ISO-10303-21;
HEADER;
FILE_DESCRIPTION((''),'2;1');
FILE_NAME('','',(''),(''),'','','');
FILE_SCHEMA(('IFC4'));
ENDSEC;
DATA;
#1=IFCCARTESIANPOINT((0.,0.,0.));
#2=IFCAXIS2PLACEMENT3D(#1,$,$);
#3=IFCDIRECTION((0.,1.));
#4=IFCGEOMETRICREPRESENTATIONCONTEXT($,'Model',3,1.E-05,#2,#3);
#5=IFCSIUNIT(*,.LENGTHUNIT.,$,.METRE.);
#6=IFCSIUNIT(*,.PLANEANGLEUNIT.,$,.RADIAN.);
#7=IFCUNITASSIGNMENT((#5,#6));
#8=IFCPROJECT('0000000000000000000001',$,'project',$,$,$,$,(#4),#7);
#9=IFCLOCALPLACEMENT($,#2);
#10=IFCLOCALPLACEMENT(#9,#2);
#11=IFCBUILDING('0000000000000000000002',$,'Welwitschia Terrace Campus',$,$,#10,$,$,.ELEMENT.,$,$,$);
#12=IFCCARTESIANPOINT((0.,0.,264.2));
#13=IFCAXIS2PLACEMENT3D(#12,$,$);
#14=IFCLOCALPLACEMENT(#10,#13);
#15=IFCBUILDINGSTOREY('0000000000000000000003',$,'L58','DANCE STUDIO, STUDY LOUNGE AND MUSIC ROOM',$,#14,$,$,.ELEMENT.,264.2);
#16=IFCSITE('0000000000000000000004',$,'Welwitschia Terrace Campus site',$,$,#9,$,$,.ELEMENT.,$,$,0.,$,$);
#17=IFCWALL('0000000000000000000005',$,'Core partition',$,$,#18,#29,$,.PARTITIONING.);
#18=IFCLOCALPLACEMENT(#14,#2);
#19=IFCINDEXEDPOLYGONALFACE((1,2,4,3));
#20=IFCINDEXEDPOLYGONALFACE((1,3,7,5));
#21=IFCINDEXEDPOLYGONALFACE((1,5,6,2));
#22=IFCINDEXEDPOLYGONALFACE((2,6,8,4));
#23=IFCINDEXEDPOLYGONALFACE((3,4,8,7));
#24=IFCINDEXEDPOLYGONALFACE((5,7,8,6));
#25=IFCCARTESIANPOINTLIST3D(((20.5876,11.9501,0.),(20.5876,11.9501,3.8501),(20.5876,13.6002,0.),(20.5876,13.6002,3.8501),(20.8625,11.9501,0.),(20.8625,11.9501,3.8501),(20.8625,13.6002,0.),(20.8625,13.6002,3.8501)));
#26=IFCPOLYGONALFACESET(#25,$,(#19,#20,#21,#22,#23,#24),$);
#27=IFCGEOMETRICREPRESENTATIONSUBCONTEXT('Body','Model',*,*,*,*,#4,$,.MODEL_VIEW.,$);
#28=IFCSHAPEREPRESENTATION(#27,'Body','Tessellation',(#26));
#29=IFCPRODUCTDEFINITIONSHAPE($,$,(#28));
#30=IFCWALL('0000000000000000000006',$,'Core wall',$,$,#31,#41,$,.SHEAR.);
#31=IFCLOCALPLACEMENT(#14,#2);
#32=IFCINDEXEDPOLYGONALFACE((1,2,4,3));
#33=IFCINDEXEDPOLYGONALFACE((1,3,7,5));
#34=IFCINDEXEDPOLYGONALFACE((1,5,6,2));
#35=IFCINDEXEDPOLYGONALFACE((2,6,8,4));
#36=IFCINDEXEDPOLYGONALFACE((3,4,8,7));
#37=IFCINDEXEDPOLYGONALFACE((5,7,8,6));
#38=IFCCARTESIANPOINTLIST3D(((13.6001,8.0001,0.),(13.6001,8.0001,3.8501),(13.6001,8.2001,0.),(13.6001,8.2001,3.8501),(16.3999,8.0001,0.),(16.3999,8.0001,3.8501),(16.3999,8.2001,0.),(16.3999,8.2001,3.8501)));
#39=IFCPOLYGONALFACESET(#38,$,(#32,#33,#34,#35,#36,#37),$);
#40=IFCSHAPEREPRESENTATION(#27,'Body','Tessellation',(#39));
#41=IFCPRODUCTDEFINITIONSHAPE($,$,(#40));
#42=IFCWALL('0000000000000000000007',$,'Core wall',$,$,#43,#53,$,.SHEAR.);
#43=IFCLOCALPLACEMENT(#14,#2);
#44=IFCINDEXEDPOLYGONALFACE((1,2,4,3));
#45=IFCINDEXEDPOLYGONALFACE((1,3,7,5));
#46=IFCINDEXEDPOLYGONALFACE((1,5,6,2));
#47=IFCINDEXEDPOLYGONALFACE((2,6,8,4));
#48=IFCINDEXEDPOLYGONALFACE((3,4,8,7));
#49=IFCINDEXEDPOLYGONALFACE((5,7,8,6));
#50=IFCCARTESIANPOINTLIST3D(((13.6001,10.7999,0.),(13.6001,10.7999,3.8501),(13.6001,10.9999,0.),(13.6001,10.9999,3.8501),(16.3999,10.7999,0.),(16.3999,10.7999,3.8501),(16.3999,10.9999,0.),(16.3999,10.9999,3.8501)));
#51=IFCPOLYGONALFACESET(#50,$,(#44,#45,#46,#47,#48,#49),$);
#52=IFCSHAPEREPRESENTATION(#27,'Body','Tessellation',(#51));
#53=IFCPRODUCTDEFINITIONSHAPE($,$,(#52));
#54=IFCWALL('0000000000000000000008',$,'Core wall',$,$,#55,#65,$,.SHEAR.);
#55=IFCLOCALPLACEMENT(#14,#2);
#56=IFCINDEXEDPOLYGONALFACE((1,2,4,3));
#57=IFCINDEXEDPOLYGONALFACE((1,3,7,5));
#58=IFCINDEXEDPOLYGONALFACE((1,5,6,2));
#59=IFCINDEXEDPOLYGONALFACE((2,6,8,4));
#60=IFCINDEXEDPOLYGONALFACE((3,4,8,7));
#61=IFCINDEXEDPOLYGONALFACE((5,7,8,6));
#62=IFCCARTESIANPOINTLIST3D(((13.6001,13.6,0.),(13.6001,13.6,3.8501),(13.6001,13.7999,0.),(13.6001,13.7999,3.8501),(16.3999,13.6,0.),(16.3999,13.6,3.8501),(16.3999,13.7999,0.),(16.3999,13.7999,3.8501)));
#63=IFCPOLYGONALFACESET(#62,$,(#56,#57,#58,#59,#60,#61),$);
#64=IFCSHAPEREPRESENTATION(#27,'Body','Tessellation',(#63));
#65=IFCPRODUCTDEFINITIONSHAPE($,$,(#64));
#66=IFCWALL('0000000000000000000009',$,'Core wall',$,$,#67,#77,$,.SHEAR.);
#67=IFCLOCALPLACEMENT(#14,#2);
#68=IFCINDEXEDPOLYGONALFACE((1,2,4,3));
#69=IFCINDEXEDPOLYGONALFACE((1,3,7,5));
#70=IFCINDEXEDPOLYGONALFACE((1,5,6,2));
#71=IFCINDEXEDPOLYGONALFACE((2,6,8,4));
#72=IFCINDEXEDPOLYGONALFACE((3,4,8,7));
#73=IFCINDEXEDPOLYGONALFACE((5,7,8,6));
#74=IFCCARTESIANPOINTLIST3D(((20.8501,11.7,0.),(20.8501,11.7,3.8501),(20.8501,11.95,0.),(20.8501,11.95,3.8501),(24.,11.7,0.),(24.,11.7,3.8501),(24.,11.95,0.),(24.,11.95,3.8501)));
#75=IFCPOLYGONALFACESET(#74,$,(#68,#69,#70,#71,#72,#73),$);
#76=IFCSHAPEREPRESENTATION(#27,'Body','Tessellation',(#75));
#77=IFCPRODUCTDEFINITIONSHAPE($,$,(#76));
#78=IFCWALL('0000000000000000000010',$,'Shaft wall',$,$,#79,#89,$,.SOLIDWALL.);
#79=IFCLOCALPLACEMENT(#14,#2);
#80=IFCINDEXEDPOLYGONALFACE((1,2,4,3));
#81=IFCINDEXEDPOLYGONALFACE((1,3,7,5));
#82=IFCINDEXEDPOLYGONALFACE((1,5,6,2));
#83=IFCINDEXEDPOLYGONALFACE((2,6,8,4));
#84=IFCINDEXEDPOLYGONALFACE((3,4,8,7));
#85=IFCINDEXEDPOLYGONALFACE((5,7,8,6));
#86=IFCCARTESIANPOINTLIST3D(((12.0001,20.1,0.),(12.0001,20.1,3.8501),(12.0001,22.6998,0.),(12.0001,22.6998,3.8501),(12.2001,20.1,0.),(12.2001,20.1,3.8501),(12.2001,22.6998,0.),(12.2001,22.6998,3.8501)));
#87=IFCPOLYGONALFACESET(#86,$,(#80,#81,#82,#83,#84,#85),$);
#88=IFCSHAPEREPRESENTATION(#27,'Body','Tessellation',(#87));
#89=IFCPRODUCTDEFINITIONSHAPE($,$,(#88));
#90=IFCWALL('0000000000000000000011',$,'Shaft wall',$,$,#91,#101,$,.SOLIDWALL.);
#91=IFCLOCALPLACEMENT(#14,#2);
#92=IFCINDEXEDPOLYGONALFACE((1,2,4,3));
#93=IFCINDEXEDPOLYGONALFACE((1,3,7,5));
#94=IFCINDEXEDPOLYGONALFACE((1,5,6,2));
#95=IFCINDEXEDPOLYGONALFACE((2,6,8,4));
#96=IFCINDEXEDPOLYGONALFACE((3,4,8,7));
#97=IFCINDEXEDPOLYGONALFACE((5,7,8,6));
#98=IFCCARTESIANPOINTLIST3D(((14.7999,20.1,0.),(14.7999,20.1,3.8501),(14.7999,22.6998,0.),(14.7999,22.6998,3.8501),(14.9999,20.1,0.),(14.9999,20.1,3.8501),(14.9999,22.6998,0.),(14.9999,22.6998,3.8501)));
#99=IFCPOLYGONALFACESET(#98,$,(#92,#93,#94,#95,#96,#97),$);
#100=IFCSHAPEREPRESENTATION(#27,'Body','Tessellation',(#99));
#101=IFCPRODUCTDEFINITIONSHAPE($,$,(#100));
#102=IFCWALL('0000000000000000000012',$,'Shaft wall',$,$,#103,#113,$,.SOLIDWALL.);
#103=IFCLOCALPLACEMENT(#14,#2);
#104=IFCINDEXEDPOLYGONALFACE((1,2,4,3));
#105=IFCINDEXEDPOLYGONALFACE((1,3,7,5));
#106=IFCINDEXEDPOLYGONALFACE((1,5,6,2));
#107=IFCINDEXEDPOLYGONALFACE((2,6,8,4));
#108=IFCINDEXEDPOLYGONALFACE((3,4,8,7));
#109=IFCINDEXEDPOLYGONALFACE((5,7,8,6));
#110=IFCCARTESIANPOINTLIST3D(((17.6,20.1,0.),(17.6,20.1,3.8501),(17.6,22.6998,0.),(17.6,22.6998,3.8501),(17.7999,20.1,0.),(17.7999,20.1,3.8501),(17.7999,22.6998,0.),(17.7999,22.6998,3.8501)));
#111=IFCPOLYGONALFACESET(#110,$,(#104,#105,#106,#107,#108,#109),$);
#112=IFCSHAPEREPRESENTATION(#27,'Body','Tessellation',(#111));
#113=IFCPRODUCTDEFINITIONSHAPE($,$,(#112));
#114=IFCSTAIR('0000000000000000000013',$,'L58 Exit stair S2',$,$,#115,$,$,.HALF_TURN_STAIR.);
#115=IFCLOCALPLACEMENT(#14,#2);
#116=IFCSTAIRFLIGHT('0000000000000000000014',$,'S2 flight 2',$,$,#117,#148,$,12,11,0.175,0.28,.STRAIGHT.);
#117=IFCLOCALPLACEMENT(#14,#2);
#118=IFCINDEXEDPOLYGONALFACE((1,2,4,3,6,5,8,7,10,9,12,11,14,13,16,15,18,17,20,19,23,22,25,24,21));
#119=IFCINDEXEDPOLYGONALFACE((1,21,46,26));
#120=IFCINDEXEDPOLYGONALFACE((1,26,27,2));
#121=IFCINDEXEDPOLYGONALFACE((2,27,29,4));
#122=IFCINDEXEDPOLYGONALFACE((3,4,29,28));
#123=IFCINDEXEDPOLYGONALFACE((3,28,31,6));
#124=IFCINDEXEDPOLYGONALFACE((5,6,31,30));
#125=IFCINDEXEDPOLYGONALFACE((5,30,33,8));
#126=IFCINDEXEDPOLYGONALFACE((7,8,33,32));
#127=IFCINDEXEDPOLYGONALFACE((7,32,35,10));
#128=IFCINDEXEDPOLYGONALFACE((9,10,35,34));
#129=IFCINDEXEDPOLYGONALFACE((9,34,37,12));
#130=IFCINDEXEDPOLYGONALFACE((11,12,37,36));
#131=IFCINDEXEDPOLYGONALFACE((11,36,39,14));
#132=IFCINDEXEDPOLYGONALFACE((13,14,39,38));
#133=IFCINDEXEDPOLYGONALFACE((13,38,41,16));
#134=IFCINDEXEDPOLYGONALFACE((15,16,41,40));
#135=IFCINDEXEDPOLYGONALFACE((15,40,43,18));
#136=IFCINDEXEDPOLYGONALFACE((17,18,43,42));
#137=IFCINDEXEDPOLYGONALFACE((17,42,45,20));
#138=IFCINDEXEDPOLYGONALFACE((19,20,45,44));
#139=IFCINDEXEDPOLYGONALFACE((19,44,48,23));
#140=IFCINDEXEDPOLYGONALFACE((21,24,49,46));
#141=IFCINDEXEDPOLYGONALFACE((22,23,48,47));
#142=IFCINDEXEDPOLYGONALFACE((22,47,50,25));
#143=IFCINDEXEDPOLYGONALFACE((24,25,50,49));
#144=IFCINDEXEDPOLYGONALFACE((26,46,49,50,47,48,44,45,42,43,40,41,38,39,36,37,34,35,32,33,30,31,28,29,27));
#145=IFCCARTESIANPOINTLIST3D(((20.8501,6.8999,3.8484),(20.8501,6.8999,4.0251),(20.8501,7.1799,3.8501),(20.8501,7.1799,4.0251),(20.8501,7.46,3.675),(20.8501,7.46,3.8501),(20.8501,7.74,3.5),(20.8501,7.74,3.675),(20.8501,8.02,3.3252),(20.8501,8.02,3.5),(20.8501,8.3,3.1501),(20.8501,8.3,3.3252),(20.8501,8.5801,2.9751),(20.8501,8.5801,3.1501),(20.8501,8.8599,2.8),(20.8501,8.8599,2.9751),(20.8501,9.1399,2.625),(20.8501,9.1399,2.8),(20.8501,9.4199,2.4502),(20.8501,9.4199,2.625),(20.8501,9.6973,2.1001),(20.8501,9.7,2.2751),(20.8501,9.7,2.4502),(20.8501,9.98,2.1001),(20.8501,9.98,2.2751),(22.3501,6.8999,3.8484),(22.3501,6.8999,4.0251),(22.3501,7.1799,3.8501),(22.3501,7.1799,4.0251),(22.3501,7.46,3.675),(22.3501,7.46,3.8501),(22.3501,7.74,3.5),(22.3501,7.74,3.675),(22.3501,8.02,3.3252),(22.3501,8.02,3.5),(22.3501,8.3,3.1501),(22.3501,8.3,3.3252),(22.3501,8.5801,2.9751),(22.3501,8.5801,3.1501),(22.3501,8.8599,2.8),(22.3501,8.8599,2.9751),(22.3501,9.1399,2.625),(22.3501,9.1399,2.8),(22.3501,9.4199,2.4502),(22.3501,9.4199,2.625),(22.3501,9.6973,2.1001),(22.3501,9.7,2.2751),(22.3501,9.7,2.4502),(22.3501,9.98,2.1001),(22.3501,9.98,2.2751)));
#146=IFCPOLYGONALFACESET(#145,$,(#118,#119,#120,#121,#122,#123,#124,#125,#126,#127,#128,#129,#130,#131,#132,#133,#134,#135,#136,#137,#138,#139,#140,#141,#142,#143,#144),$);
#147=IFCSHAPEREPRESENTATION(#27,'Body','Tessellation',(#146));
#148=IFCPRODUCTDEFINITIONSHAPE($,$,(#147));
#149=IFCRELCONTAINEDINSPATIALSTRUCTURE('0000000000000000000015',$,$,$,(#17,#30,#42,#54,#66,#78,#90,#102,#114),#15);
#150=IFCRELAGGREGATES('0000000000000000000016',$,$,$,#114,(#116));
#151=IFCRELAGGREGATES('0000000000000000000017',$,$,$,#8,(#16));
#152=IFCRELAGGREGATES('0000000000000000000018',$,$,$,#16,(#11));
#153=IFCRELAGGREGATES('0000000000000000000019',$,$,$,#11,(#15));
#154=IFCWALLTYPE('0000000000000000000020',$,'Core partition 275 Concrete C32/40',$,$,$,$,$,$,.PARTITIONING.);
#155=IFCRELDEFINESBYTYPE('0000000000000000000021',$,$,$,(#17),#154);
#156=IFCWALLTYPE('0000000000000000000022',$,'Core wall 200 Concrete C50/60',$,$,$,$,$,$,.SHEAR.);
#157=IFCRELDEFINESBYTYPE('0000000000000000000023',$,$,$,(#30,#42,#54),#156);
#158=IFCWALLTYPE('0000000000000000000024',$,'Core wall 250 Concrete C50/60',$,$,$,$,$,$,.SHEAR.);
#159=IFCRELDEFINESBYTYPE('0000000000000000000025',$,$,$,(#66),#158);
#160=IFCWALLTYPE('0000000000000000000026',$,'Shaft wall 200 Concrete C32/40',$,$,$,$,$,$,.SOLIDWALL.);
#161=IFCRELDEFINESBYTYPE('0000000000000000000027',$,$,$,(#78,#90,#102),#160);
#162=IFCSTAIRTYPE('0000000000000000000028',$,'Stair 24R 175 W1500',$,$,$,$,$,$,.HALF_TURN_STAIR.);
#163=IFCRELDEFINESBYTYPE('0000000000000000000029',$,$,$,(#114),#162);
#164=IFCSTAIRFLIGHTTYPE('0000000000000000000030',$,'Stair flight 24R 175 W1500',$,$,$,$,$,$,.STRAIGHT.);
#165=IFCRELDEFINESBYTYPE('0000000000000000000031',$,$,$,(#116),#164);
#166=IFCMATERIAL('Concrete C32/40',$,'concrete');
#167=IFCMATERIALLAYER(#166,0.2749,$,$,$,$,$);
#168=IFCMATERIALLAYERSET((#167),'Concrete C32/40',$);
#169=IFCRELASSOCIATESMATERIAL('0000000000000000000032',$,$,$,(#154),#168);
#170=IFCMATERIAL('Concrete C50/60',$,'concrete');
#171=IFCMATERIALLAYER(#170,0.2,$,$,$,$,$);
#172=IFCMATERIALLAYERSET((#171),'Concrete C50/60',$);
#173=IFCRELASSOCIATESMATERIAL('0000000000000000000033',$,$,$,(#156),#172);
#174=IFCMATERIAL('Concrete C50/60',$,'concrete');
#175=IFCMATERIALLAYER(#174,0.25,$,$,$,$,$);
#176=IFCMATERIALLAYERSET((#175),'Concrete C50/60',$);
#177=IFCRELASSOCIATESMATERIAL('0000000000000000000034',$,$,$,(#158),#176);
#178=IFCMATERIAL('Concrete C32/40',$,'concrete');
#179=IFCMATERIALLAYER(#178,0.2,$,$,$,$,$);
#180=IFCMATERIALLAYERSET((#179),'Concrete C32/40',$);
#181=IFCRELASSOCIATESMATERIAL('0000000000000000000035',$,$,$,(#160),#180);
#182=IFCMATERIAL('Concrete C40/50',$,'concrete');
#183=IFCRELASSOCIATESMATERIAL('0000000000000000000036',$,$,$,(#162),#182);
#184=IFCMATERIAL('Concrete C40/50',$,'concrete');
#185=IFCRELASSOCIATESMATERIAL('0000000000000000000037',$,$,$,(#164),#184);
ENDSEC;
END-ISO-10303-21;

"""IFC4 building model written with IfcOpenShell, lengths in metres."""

from ifc_helpers import new_model, si_unit, direction, frame, frame_2d, origin, place, context, subcontext, project, spatial, polyline, rectangle, outline, extrude, material, layer, layer_set, type_object, element, aggregate, save


model = new_model("IFC4")

# Units and contexts
model_context = context("Model", 3, precision=1e-05, world=origin(), true_north=direction((0.0, 1.0)))
body_context = subcontext(model_context, "Body", "Model", "MODEL_VIEW")
ifc_project = project(units=[si_unit("LENGTHUNIT", "METRE"), si_unit("PLANEANGLEUNIT", "RADIAN")], contexts=[model_context])

# Site, building, storey
site_placement = place(None, origin())
site = spatial("IfcSite", under=ifc_project, at=site_placement, Name="Welwitschia Terrace Campus site", CompositionType="ELEMENT", RefElevation=0.0)
building_placement = place(site_placement, origin())
building = spatial("IfcBuilding", under=site, at=building_placement, Name="Welwitschia Terrace Campus", CompositionType="ELEMENT")
storey_placement = place(building_placement, frame((0.0, 0.0, 264.2)))
storey = spatial("IfcBuildingStorey", under=building, at=storey_placement, Name="L58", Description="DANCE STUDIO, STUDY LOUNGE AND MUSIC ROOM", CompositionType="ELEMENT", Elevation=264.2)

# Walls
ifc_material_1 = material(Name="Concrete C32/40", Category="concrete")
ifc_layer_1 = layer(ifc_material_1, 0.2749)
ifc_layer_set_1 = layer_set([ifc_layer_1], Name="Concrete C32/40")
wall_type_1 = type_object("IfcWallType", Name="Core partition 275 Concrete C32/40", PredefinedType="PARTITIONING", material=ifc_layer_set_1)
wall_1_placement = place(storey_placement, frame((20.7251, 11.95, 0.0), z_axis=(0.0, 0.0, 1.0), x_axis=(0.0, 1.0, 0.0)))
element("IfcWall", 1, at=wall_1_placement, inside=storey, type_object=wall_type_1, Name="Core partition", PredefinedType="PARTITIONING", context=body_context, shape_type="SweptSolid", body=[
    extrude(rectangle(XDim=1.6501, YDim=0.2749, at=frame_2d((0.8252, 0.0))), origin(), (0.0, 0.0, 1.0), 3.8501),
])
ifc_material_2 = material(Name="Concrete C50/60", Category="concrete")
ifc_layer_2 = layer(ifc_material_2, 0.2)
ifc_layer_set_2 = layer_set([ifc_layer_2], Name="Concrete C50/60")
wall_type_2 = type_object("IfcWallType", Name="Core wall 200 Concrete C50/60", PredefinedType="SHEAR", material=ifc_layer_set_2)
for number, where, z_axis, x_axis, name in (
    (2, (13.6001, 8.1001, 0.0), (0.0, 0.0, 1.0), (1.0, 0.0, 0.0), "Core wall"),
    (3, (13.6001, 10.8999, 0.0), (0.0, 0.0, 1.0), (1.0, 0.0, 0.0), "Core wall"),
    (4, (13.6001, 13.7, 0.0), (0.0, 0.0, 1.0), (1.0, 0.0, 0.0), "Core wall"),
):
    element("IfcWall", number, at=place(storey_placement, frame(where, z_axis=z_axis, x_axis=x_axis)), inside=storey, type_object=wall_type_2, Name=name, PredefinedType="SHEAR", context=body_context, shape_type="SweptSolid", body=[
        extrude(rectangle(XDim=2.7998, YDim=0.2, at=frame_2d((1.3999, 0.0))), origin(), (0.0, 0.0, 1.0), 3.8501),
    ])
ifc_material_3 = material(Name="Concrete C50/60", Category="concrete")
ifc_layer_3 = layer(ifc_material_3, 0.25)
ifc_layer_set_3 = layer_set([ifc_layer_3], Name="Concrete C50/60")
wall_type_3 = type_object("IfcWallType", Name="Core wall 250 Concrete C50/60", PredefinedType="SHEAR", material=ifc_layer_set_3)
wall_2_placement = place(storey_placement, frame((20.8501, 11.825, 0.0), z_axis=(0.0, 0.0, 1.0), x_axis=(1.0, 0.0, 0.0)))
element("IfcWall", 5, at=wall_2_placement, inside=storey, type_object=wall_type_3, Name="Core wall", PredefinedType="SHEAR", context=body_context, shape_type="SweptSolid", body=[
    extrude(rectangle(XDim=3.1499, YDim=0.25, at=frame_2d((1.575, 0.0))), origin(), (0.0, 0.0, 1.0), 3.8501),
])
ifc_material_4 = material(Name="Concrete C32/40", Category="concrete")
ifc_layer_4 = layer(ifc_material_4, 0.2)
ifc_layer_set_4 = layer_set([ifc_layer_4], Name="Concrete C32/40")
wall_type_4 = type_object("IfcWallType", Name="Shaft wall 200 Concrete C32/40", PredefinedType="SOLIDWALL", material=ifc_layer_set_4)
for number, where, z_axis, x_axis, name in (
    (6, (12.1001, 20.1001, 0.0), (0.0, 0.0, 1.0), (0.0, 1.0, 0.0), "Shaft wall"),
    (7, (14.8999, 20.1001, 0.0), (0.0, 0.0, 1.0), (0.0, 1.0, 0.0), "Shaft wall"),
    (8, (17.7, 20.1001, 0.0), (0.0, 0.0, 1.0), (0.0, 1.0, 0.0), "Shaft wall"),
):
    element("IfcWall", number, at=place(storey_placement, frame(where, z_axis=z_axis, x_axis=x_axis)), inside=storey, type_object=wall_type_4, Name=name, PredefinedType="SOLIDWALL", context=body_context, shape_type="SweptSolid", body=[
        extrude(rectangle(XDim=2.5999, YDim=0.2, at=frame_2d((1.2998, 0.0))), origin(), (0.0, 0.0, 1.0), 3.8501),
    ])

# Stair, stair flight
ifc_material_5 = material(Name="Concrete C40/50", Category="concrete")
stair_type = type_object("IfcStairType", Name="Stair 24R 175 W1500", PredefinedType="HALF_TURN_STAIR", material=ifc_material_5)
stair_placement = place(storey_placement, origin())
stair = element("IfcStair", 9, at=stair_placement, inside=storey, type_object=stair_type, Name="L58 Exit stair S2", PredefinedType="HALF_TURN_STAIR")
ifc_material_6 = material(Name="Concrete C40/50", Category="concrete")
stair_flight_type = type_object("IfcStairFlightType", Name="Stair flight 24R 175 W1500", PredefinedType="STRAIGHT", material=ifc_material_6)
stair_flight_placement = place(storey_placement, frame((21.6001, 9.98, 2.1001), z_axis=(0.0, 0.0, 1.0), x_axis=(0.0, -1.0, 0.0)))
stair_flight = element("IfcStairFlight", 10, at=stair_flight_placement, type_object=stair_flight_type, Name="S2 flight 2", NumberOfRisers=12, NumberOfTreads=11, PredefinedType="STRAIGHT", RiserHeight=0.175, TreadLength=0.28, context=body_context, shape_type="SweptSolid", body=[
    extrude(outline(polyline([(0.0, 0.0), (0.0, 0.175), (0.28, 0.175), (0.28, 0.3501), (0.5601, 0.3501), (0.5601, 0.5249), (0.8401, 0.5249), (0.8401, 0.7), (1.1201, 0.7), (1.1201, 0.875), (1.3999, 0.875), (1.3999, 1.05), (1.6799, 1.05), (1.6799, 1.2251), (1.96, 1.2251), (1.96, 1.3999), (2.24, 1.3999), (2.24, 1.575), (2.52, 1.575), (2.52, 1.75), (2.8, 1.75), (2.8, 1.925), (3.0801, 1.925), (3.0801, 2.1001), (3.0801, 1.7483), (0.2827, 0.0), (0.0, 0.0)])), frame((0.0, 0.75, 0.0), z_axis=(0.0, -1.0, 0.0), x_axis=(1.0, 0.0, 0.0)), (0.0, 0.0, 1.0), 1.5),
])
aggregate(stair, [stair_flight])

save(model, "model.ifc")
